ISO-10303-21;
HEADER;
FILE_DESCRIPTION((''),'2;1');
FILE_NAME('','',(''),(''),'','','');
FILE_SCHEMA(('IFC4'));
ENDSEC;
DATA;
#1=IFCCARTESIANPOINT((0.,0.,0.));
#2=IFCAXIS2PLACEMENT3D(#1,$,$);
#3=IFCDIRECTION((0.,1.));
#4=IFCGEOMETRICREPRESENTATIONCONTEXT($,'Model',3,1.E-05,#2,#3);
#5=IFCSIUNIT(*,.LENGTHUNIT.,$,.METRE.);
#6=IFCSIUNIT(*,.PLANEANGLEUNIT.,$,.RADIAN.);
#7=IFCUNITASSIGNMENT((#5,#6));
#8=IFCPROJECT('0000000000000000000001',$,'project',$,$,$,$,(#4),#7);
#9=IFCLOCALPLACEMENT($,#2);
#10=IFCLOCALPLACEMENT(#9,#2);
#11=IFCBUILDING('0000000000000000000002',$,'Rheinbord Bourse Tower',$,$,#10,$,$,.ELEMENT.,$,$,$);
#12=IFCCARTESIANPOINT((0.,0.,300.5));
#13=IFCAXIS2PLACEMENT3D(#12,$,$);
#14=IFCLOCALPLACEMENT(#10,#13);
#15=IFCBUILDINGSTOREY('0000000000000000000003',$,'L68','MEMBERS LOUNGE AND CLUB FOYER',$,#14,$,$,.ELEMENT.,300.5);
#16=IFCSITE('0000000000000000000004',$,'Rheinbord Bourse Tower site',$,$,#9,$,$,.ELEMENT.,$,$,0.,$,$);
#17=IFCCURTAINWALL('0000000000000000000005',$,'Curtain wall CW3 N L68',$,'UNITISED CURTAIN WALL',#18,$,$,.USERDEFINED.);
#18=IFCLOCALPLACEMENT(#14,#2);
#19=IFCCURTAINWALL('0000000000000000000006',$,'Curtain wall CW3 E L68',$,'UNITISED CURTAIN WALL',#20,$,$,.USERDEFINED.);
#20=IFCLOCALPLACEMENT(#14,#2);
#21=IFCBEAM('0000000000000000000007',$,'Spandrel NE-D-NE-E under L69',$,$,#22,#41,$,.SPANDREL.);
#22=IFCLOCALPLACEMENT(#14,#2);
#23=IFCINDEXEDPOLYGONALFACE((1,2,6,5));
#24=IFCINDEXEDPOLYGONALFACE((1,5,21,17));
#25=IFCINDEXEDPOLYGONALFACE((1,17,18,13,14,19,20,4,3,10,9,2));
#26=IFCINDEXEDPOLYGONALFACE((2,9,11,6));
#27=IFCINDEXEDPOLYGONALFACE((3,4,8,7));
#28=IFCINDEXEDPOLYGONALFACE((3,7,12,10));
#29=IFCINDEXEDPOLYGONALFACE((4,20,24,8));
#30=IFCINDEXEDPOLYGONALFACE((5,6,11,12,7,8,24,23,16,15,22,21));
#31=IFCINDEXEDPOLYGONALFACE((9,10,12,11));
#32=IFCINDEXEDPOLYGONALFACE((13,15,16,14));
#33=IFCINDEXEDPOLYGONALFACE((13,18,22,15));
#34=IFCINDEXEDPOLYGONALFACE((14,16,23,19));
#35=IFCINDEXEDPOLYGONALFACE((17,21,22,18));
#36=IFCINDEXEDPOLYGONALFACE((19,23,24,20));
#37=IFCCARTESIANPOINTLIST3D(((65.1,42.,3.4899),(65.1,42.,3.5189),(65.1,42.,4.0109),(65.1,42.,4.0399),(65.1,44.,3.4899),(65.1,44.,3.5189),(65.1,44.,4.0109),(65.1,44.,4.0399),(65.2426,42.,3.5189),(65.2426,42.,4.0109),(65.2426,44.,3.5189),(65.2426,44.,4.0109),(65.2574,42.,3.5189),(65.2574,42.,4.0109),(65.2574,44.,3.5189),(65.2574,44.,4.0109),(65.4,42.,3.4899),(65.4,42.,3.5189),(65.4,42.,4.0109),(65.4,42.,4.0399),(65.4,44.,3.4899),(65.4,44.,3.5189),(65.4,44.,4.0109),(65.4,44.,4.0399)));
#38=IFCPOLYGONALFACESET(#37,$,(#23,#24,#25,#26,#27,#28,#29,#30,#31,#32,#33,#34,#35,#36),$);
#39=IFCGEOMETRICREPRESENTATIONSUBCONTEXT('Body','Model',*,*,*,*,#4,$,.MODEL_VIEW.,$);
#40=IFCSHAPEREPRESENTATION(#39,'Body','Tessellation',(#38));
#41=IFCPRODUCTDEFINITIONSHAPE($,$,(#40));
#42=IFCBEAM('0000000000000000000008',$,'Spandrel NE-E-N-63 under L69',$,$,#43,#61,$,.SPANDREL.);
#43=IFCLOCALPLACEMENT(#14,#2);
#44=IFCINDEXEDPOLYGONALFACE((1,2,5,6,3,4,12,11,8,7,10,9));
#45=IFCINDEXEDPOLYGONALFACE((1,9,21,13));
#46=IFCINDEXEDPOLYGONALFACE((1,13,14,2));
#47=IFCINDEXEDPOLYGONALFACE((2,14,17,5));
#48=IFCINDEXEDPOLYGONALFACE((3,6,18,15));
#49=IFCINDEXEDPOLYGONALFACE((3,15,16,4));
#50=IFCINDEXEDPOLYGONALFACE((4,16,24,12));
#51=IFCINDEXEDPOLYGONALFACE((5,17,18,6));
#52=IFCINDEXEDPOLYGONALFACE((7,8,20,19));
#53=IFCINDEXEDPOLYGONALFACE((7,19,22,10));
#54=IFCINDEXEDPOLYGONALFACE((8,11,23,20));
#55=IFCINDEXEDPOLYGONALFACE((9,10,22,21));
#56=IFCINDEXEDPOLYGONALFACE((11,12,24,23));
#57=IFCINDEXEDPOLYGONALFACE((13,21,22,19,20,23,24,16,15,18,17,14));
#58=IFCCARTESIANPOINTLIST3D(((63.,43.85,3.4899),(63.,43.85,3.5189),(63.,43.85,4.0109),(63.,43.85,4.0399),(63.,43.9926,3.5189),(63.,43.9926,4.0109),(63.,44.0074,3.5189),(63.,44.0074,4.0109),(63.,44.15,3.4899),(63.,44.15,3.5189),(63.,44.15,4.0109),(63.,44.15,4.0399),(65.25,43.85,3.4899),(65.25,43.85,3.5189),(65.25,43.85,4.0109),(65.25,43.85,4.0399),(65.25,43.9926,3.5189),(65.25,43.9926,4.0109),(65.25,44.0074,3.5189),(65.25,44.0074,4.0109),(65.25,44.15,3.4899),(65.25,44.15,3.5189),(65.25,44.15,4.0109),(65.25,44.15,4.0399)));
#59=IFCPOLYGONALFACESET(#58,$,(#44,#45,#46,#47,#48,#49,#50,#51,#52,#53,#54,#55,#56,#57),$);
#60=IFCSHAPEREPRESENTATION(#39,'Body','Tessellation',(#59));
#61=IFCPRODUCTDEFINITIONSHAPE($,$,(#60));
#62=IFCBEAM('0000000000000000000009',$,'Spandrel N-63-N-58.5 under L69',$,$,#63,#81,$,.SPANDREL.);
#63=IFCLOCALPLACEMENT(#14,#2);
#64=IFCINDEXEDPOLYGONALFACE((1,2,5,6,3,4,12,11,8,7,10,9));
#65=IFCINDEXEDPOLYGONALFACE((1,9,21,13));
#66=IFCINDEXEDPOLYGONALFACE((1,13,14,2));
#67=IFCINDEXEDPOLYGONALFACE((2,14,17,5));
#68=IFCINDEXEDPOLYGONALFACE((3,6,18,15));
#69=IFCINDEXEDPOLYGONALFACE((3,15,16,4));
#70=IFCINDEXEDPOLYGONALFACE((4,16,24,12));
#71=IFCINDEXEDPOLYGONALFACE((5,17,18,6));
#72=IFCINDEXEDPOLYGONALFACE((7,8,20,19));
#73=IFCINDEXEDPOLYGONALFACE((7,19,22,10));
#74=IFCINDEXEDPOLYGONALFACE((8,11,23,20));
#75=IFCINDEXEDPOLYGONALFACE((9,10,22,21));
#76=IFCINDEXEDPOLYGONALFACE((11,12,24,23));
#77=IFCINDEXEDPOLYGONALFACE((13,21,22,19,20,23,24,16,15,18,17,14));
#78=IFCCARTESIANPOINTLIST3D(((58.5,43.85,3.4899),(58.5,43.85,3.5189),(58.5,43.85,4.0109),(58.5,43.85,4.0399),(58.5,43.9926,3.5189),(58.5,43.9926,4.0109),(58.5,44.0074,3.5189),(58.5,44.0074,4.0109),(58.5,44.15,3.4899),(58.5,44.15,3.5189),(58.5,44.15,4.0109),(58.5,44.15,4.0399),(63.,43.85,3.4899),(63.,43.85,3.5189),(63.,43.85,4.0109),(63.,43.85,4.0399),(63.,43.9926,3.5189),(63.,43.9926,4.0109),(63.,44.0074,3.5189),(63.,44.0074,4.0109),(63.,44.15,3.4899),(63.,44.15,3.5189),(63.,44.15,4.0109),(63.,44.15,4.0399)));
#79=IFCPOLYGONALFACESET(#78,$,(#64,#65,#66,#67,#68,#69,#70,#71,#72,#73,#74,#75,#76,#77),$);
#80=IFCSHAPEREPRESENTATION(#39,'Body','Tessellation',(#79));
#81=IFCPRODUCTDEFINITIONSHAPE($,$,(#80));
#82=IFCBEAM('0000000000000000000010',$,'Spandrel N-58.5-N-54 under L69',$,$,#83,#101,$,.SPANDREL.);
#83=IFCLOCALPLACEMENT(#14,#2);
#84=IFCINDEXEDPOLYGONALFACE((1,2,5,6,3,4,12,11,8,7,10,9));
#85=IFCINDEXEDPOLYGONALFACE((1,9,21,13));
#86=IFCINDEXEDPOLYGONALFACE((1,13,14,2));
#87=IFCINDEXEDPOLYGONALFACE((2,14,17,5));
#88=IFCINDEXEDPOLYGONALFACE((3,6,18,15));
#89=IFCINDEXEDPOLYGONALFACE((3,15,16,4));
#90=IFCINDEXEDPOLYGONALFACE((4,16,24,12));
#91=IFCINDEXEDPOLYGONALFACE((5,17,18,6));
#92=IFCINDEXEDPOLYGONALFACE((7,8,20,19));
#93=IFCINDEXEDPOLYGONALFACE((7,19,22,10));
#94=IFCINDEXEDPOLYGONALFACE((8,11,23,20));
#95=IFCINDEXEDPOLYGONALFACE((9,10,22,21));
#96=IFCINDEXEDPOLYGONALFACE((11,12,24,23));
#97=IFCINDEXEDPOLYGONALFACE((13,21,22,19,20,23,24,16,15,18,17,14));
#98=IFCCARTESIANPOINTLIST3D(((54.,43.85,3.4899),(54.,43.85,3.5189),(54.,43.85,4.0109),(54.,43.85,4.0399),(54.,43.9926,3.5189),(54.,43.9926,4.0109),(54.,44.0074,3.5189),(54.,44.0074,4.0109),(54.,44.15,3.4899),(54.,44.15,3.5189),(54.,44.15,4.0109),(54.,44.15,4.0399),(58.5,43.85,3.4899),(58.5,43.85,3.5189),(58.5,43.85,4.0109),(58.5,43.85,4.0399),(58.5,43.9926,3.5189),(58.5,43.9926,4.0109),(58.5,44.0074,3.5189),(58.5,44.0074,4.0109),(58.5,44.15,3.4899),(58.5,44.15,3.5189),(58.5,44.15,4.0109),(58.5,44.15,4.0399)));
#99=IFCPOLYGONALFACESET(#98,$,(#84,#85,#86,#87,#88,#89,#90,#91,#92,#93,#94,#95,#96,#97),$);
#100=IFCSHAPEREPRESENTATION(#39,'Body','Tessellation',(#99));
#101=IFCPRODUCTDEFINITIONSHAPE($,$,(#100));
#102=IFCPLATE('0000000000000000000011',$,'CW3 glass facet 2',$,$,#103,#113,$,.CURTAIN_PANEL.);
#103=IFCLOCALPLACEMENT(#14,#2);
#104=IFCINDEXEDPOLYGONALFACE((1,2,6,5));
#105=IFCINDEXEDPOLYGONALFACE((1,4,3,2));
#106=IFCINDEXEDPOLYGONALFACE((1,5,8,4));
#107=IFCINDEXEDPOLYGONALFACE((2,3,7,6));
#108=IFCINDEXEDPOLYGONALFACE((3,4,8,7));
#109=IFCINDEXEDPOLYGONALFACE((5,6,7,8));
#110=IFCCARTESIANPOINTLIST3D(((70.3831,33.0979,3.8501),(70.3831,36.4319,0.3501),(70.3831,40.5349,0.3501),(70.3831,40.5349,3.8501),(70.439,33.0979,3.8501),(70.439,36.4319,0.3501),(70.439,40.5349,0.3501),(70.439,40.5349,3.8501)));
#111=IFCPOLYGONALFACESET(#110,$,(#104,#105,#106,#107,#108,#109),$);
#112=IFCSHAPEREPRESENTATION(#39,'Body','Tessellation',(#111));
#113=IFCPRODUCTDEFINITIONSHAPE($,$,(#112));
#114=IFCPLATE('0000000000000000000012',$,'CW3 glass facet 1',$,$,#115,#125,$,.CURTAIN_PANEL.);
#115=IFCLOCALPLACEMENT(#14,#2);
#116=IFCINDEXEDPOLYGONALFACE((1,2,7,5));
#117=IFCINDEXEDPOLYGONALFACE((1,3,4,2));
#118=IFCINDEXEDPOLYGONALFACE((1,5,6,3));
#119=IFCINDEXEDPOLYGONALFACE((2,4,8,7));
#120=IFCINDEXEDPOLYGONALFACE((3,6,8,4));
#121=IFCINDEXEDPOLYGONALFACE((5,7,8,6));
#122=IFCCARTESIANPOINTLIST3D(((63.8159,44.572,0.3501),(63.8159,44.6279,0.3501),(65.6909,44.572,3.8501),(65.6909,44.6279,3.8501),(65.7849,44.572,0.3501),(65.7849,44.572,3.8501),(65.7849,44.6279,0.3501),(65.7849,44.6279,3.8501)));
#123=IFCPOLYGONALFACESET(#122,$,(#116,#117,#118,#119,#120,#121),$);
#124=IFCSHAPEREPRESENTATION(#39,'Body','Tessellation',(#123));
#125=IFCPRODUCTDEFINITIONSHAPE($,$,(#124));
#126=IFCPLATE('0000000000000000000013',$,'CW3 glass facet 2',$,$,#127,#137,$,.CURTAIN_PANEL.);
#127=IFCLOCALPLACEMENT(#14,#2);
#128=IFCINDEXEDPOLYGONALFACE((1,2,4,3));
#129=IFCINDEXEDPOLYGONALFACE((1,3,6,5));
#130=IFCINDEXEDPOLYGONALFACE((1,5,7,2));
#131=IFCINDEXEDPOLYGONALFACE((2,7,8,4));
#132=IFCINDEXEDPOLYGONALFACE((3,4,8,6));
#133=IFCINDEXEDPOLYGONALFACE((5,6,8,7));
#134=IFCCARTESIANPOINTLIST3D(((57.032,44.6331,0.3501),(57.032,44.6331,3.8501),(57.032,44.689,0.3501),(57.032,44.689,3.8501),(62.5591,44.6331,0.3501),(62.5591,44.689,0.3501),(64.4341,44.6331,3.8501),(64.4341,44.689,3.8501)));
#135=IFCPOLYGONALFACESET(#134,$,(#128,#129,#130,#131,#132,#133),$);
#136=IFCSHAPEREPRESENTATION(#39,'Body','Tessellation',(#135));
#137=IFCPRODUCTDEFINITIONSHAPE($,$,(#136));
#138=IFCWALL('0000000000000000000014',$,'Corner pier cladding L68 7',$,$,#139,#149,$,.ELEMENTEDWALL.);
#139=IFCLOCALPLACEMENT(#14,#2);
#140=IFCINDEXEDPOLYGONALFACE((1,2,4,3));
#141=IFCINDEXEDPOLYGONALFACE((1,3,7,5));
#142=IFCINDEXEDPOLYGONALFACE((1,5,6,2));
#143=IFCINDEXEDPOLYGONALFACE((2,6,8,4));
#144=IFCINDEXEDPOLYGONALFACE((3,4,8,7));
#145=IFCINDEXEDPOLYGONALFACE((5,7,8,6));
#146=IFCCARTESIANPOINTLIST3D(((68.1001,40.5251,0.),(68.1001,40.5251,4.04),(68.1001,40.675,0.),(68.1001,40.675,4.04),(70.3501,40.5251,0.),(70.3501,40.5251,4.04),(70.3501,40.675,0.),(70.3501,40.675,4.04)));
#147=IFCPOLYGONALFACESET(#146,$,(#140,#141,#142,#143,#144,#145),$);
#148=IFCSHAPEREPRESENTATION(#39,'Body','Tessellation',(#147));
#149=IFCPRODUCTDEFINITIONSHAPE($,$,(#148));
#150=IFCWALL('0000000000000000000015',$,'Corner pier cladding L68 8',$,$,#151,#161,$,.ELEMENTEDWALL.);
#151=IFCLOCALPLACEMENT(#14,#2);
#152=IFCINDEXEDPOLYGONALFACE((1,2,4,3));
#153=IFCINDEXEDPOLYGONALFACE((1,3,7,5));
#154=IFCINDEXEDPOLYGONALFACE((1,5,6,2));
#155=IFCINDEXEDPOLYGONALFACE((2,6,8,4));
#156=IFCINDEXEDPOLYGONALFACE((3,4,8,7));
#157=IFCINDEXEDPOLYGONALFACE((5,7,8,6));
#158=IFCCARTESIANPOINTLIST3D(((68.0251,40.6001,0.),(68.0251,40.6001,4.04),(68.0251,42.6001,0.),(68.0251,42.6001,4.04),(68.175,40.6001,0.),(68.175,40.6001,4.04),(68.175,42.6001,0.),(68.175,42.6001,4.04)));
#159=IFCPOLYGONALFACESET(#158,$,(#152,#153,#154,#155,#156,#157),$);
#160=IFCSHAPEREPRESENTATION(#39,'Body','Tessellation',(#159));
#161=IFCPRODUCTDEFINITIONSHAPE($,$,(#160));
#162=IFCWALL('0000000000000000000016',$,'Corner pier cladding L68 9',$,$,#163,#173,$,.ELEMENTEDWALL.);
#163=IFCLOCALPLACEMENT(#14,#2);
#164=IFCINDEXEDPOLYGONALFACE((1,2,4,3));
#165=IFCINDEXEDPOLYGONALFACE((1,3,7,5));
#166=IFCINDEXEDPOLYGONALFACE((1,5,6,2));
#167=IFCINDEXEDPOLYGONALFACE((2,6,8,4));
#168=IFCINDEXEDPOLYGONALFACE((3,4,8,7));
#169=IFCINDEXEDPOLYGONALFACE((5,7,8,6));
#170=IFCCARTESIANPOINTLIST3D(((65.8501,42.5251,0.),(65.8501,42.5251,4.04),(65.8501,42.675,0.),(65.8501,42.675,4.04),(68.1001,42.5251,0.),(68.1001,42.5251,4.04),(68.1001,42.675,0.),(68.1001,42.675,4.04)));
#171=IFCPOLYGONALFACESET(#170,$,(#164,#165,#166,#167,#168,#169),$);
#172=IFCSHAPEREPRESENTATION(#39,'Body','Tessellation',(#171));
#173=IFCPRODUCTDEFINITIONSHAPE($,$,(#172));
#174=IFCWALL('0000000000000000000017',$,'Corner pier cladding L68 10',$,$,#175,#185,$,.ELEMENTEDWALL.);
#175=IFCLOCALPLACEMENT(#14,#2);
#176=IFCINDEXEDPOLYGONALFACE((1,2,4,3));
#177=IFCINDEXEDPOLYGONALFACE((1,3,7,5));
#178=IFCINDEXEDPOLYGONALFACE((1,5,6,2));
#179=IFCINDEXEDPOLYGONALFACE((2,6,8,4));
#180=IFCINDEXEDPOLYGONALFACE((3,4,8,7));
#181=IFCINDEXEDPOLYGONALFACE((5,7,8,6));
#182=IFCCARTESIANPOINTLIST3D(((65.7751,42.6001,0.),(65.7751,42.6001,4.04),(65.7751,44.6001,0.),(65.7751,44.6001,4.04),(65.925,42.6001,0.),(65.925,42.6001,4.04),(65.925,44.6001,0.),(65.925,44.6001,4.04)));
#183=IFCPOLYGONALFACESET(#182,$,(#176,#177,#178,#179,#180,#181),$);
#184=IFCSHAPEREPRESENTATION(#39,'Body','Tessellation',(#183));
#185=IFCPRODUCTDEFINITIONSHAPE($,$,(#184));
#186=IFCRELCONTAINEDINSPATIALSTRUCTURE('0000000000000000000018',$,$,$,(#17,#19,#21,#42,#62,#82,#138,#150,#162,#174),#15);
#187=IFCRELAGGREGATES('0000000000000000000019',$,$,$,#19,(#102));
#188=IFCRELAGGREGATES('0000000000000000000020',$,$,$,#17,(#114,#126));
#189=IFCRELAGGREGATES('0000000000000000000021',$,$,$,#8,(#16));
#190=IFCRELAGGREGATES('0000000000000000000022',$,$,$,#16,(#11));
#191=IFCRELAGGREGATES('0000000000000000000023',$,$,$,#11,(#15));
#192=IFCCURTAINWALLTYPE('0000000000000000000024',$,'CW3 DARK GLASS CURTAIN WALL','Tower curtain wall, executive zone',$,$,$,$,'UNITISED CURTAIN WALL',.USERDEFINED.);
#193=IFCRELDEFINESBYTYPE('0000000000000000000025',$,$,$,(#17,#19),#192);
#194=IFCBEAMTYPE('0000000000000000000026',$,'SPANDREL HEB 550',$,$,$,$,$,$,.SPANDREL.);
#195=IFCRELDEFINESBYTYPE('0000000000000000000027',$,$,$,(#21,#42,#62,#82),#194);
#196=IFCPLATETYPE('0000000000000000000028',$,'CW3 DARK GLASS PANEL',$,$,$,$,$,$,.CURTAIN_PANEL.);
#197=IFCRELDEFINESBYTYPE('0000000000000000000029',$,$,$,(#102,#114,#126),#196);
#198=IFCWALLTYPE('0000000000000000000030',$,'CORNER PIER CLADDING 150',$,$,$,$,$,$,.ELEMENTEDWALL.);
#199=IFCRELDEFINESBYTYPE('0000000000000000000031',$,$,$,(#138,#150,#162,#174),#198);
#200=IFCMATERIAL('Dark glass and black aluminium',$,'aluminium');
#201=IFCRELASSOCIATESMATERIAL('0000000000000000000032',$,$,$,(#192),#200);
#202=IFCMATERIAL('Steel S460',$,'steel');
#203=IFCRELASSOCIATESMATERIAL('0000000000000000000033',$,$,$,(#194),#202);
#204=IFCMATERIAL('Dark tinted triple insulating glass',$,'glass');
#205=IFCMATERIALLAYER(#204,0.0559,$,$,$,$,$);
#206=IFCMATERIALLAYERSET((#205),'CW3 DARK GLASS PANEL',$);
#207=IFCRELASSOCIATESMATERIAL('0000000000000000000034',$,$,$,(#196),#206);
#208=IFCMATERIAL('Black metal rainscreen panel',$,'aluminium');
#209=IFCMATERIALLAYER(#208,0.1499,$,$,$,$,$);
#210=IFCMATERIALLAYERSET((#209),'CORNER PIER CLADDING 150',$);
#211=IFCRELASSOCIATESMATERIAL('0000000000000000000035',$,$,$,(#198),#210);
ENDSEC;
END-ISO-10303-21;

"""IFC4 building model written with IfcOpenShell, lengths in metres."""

from ifc_helpers import new_model, si_unit, direction, frame, frame_2d, origin, origin_2d, place, context, subcontext, project, spatial, polyline, rectangle, i_section, outline, extrude, material, layer, layer_set, material_profile, profile_set, type_object, element, aggregate, save


model = new_model("IFC4")

# Units and contexts
model_context = context("Model", 3, precision=1e-05, world=origin(), true_north=direction((0.0, 1.0)))
body_context = subcontext(model_context, "Body", "Model", "MODEL_VIEW")
ifc_project = project(units=[si_unit("LENGTHUNIT", "METRE"), si_unit("PLANEANGLEUNIT", "RADIAN")], contexts=[model_context])

# Site, building, storey
site_placement = place(None, origin())
site = spatial("IfcSite", under=ifc_project, at=site_placement, Name="Rheinbord Bourse Tower site", CompositionType="ELEMENT", RefElevation=0.0)
building_placement = place(site_placement, origin())
building = spatial("IfcBuilding", under=site, at=building_placement, Name="Rheinbord Bourse Tower", CompositionType="ELEMENT")
storey_placement = place(building_placement, frame((0.0, 0.0, 300.5)))
storey = spatial("IfcBuildingStorey", under=building, at=storey_placement, Name="L68", Description="MEMBERS LOUNGE AND CLUB FOYER", CompositionType="ELEMENT", Elevation=300.5)

# Curtain walls
ifc_material_1 = material(Name="Dark glass and black aluminium", Category="aluminium")
curtain_wall_type = type_object("IfcCurtainWallType", Name="CW3 DARK GLASS CURTAIN WALL", Description="Tower curtain wall, executive zone", ElementType="UNITISED CURTAIN WALL", PredefinedType="USERDEFINED", material=ifc_material_1)
curtain_wall_1_placement = place(storey_placement, origin())
curtain_wall_1 = element("IfcCurtainWall", 1, at=curtain_wall_1_placement, inside=storey, type_object=curtain_wall_type, Name="Curtain wall CW3 N L68", ObjectType="UNITISED CURTAIN WALL", PredefinedType="USERDEFINED")
curtain_wall_2_placement = place(storey_placement, origin())
curtain_wall_2 = element("IfcCurtainWall", 2, at=curtain_wall_2_placement, inside=storey, type_object=curtain_wall_type, Name="Curtain wall CW3 E L68", ObjectType="UNITISED CURTAIN WALL", PredefinedType="USERDEFINED")

# Beams
ifc_material_2 = material(Name="Steel S460", Category="steel")
ifc_material_profile_1 = material_profile(ifc_material_2, i_section(OverallWidth=0.3, OverallDepth=0.55, WebThickness=0.0149, FlangeThickness=0.0291, at=origin_2d()), Name="HEB 550")
ifc_profile_set_1 = profile_set([ifc_material_profile_1], Name="Steel S460")
beam_type_1 = type_object("IfcBeamType", Name="SPANDREL HEB 550", PredefinedType="SPANDREL", material=ifc_profile_set_1)
beam_1_placement = place(storey_placement, frame((65.25, 42.0, 3.7649), z_axis=(0.0, 1.0, 0.0), x_axis=(-1.0, 0.0, 0.0)))
element("IfcBeam", 3, at=beam_1_placement, inside=storey, type_object=beam_type_1, Name="Spandrel NE-D-NE-E under L69", PredefinedType="SPANDREL", context=body_context, shape_type="SweptSolid", body=[
    extrude(i_section(OverallWidth=0.3, OverallDepth=0.55, WebThickness=0.0149, FlangeThickness=0.0291, at=origin_2d()), origin(), (0.0, 0.0, 1.0), 2.0),
])
beam_2_placement = place(storey_placement, frame((65.25, 44.0, 3.7649), z_axis=(-1.0, 0.0, 0.0), x_axis=(0.0, -1.0, 0.0)))
element("IfcBeam", 4, at=beam_2_placement, inside=storey, type_object=beam_type_1, Name="Spandrel NE-E-N-63 under L69", PredefinedType="SPANDREL", context=body_context, shape_type="SweptSolid", body=[
    extrude(i_section(OverallWidth=0.3, OverallDepth=0.55, WebThickness=0.0149, FlangeThickness=0.0291, at=origin_2d()), origin(), (0.0, 0.0, 1.0), 2.25),
])
for number, where, z_axis, x_axis, name in (
    (5, (63.0, 44.0, 3.7649), (-1.0, 0.0, 0.0), (0.0, -1.0, 0.0), "Spandrel N-63-N-58.5 under L69"),
    (6, (58.5, 44.0, 3.7649), (-1.0, 0.0, 0.0), (0.0, -1.0, 0.0), "Spandrel N-58.5-N-54 under L69"),
):
    element("IfcBeam", number, at=place(storey_placement, frame(where, z_axis=z_axis, x_axis=x_axis)), inside=storey, type_object=beam_type_1, Name=name, PredefinedType="SPANDREL", context=body_context, shape_type="SweptSolid", body=[
        extrude(i_section(OverallWidth=0.3, OverallDepth=0.55, WebThickness=0.0149, FlangeThickness=0.0291, at=origin_2d()), origin(), (0.0, 0.0, 1.0), 4.5),
    ])

# Plates
ifc_material_3 = material(Name="Dark tinted triple insulating glass", Category="glass")
ifc_layer_1 = layer(ifc_material_3, 0.0559)
ifc_layer_set_1 = layer_set([ifc_layer_1], Name="CW3 DARK GLASS PANEL")
plate_type = type_object("IfcPlateType", Name="CW3 DARK GLASS PANEL", PredefinedType="CURTAIN_PANEL", material=ifc_layer_set_1)
plate_1_placement = place(storey_placement, frame((70.439, 40.5349, 3.8501), z_axis=(-1.0, 0.0, 0.0), x_axis=(0.0, 0.0, -1.0)))
plate_1 = element("IfcPlate", 7, at=plate_1_placement, type_object=plate_type, Name="CW3 glass facet 2", PredefinedType="CURTAIN_PANEL", context=body_context, shape_type="SweptSolid", body=[
    extrude(outline(polyline([(0.0, 0.0), (3.5, 0.0), (3.5, 4.103), (0.0, 7.437), (0.0, 0.0)])), origin(), (0.0, 0.0, 1.0), 0.0559),
])
aggregate(curtain_wall_2, [plate_1])
plate_2_placement = place(storey_placement, frame((65.7849, 44.6279, 0.3501), z_axis=(0.0, -1.0, 0.0), x_axis=(0.0, 0.0, 1.0)))
plate_2 = element("IfcPlate", 8, at=plate_2_placement, type_object=plate_type, Name="CW3 glass facet 1", PredefinedType="CURTAIN_PANEL", context=body_context, shape_type="SweptSolid", body=[
    extrude(outline(polyline([(0.0, 0.0), (3.5, 0.0), (3.5, 0.094), (0.0, 1.969), (0.0, 0.0)])), origin(), (0.0, 0.0, 1.0), 0.0559),
])
plate_3_placement = place(storey_placement, frame((57.032, 44.689, 3.8501), z_axis=(0.0, -1.0, 0.0), x_axis=(0.0, 0.0, -1.0)))
plate_3 = element("IfcPlate", 9, at=plate_3_placement, type_object=plate_type, Name="CW3 glass facet 2", PredefinedType="CURTAIN_PANEL", context=body_context, shape_type="SweptSolid", body=[
    extrude(outline(polyline([(0.0, 0.0), (3.5, 0.0), (3.5, 5.5271), (0.0, 7.4021), (0.0, 0.0)])), origin(), (0.0, 0.0, 1.0), 0.0559),
])
aggregate(curtain_wall_1, [plate_2, plate_3])

# Walls
ifc_material_4 = material(Name="Black metal rainscreen panel", Category="aluminium")
ifc_layer_2 = layer(ifc_material_4, 0.1499)
ifc_layer_set_2 = layer_set([ifc_layer_2], Name="CORNER PIER CLADDING 150")
wall_type = type_object("IfcWallType", Name="CORNER PIER CLADDING 150", PredefinedType="ELEMENTEDWALL", material=ifc_layer_set_2)
wall_1_placement = place(storey_placement, frame((70.3501, 40.6001, 0.0), z_axis=(0.0, 0.0, 1.0), x_axis=(-1.0, 0.0, 0.0)))
element("IfcWall", 10, at=wall_1_placement, inside=storey, type_object=wall_type, Name="Corner pier cladding L68 7", PredefinedType="ELEMENTEDWALL", context=body_context, shape_type="SweptSolid", body=[
    extrude(rectangle(XDim=2.25, YDim=0.1499, at=frame_2d((1.125, 0.0))), origin(), (0.0, 0.0, 1.0), 4.04),
])
wall_2_placement = place(storey_placement, frame((68.1001, 40.6001, 0.0), z_axis=(0.0, 0.0, 1.0), x_axis=(0.0, 1.0, 0.0)))
element("IfcWall", 11, at=wall_2_placement, inside=storey, type_object=wall_type, Name="Corner pier cladding L68 8", PredefinedType="ELEMENTEDWALL", context=body_context, shape_type="SweptSolid", body=[
    extrude(rectangle(XDim=2.0, YDim=0.1499, at=frame_2d((1.0, 0.0))), origin(), (0.0, 0.0, 1.0), 4.04),
])
wall_3_placement = place(storey_placement, frame((68.1001, 42.6001, 0.0), z_axis=(0.0, 0.0, 1.0), x_axis=(-1.0, 0.0, 0.0)))
element("IfcWall", 12, at=wall_3_placement, inside=storey, type_object=wall_type, Name="Corner pier cladding L68 9", PredefinedType="ELEMENTEDWALL", context=body_context, shape_type="SweptSolid", body=[
    extrude(rectangle(XDim=2.25, YDim=0.1499, at=frame_2d((1.125, 0.0))), origin(), (0.0, 0.0, 1.0), 4.04),
])
wall_4_placement = place(storey_placement, frame((65.8501, 42.6001, 0.0), z_axis=(0.0, 0.0, 1.0), x_axis=(0.0, 1.0, 0.0)))
element("IfcWall", 13, at=wall_4_placement, inside=storey, type_object=wall_type, Name="Corner pier cladding L68 10", PredefinedType="ELEMENTEDWALL", context=body_context, shape_type="SweptSolid", body=[
    extrude(rectangle(XDim=2.0, YDim=0.1499, at=frame_2d((1.0, 0.0))), origin(), (0.0, 0.0, 1.0), 4.04),
])

save(model, "model.ifc")
